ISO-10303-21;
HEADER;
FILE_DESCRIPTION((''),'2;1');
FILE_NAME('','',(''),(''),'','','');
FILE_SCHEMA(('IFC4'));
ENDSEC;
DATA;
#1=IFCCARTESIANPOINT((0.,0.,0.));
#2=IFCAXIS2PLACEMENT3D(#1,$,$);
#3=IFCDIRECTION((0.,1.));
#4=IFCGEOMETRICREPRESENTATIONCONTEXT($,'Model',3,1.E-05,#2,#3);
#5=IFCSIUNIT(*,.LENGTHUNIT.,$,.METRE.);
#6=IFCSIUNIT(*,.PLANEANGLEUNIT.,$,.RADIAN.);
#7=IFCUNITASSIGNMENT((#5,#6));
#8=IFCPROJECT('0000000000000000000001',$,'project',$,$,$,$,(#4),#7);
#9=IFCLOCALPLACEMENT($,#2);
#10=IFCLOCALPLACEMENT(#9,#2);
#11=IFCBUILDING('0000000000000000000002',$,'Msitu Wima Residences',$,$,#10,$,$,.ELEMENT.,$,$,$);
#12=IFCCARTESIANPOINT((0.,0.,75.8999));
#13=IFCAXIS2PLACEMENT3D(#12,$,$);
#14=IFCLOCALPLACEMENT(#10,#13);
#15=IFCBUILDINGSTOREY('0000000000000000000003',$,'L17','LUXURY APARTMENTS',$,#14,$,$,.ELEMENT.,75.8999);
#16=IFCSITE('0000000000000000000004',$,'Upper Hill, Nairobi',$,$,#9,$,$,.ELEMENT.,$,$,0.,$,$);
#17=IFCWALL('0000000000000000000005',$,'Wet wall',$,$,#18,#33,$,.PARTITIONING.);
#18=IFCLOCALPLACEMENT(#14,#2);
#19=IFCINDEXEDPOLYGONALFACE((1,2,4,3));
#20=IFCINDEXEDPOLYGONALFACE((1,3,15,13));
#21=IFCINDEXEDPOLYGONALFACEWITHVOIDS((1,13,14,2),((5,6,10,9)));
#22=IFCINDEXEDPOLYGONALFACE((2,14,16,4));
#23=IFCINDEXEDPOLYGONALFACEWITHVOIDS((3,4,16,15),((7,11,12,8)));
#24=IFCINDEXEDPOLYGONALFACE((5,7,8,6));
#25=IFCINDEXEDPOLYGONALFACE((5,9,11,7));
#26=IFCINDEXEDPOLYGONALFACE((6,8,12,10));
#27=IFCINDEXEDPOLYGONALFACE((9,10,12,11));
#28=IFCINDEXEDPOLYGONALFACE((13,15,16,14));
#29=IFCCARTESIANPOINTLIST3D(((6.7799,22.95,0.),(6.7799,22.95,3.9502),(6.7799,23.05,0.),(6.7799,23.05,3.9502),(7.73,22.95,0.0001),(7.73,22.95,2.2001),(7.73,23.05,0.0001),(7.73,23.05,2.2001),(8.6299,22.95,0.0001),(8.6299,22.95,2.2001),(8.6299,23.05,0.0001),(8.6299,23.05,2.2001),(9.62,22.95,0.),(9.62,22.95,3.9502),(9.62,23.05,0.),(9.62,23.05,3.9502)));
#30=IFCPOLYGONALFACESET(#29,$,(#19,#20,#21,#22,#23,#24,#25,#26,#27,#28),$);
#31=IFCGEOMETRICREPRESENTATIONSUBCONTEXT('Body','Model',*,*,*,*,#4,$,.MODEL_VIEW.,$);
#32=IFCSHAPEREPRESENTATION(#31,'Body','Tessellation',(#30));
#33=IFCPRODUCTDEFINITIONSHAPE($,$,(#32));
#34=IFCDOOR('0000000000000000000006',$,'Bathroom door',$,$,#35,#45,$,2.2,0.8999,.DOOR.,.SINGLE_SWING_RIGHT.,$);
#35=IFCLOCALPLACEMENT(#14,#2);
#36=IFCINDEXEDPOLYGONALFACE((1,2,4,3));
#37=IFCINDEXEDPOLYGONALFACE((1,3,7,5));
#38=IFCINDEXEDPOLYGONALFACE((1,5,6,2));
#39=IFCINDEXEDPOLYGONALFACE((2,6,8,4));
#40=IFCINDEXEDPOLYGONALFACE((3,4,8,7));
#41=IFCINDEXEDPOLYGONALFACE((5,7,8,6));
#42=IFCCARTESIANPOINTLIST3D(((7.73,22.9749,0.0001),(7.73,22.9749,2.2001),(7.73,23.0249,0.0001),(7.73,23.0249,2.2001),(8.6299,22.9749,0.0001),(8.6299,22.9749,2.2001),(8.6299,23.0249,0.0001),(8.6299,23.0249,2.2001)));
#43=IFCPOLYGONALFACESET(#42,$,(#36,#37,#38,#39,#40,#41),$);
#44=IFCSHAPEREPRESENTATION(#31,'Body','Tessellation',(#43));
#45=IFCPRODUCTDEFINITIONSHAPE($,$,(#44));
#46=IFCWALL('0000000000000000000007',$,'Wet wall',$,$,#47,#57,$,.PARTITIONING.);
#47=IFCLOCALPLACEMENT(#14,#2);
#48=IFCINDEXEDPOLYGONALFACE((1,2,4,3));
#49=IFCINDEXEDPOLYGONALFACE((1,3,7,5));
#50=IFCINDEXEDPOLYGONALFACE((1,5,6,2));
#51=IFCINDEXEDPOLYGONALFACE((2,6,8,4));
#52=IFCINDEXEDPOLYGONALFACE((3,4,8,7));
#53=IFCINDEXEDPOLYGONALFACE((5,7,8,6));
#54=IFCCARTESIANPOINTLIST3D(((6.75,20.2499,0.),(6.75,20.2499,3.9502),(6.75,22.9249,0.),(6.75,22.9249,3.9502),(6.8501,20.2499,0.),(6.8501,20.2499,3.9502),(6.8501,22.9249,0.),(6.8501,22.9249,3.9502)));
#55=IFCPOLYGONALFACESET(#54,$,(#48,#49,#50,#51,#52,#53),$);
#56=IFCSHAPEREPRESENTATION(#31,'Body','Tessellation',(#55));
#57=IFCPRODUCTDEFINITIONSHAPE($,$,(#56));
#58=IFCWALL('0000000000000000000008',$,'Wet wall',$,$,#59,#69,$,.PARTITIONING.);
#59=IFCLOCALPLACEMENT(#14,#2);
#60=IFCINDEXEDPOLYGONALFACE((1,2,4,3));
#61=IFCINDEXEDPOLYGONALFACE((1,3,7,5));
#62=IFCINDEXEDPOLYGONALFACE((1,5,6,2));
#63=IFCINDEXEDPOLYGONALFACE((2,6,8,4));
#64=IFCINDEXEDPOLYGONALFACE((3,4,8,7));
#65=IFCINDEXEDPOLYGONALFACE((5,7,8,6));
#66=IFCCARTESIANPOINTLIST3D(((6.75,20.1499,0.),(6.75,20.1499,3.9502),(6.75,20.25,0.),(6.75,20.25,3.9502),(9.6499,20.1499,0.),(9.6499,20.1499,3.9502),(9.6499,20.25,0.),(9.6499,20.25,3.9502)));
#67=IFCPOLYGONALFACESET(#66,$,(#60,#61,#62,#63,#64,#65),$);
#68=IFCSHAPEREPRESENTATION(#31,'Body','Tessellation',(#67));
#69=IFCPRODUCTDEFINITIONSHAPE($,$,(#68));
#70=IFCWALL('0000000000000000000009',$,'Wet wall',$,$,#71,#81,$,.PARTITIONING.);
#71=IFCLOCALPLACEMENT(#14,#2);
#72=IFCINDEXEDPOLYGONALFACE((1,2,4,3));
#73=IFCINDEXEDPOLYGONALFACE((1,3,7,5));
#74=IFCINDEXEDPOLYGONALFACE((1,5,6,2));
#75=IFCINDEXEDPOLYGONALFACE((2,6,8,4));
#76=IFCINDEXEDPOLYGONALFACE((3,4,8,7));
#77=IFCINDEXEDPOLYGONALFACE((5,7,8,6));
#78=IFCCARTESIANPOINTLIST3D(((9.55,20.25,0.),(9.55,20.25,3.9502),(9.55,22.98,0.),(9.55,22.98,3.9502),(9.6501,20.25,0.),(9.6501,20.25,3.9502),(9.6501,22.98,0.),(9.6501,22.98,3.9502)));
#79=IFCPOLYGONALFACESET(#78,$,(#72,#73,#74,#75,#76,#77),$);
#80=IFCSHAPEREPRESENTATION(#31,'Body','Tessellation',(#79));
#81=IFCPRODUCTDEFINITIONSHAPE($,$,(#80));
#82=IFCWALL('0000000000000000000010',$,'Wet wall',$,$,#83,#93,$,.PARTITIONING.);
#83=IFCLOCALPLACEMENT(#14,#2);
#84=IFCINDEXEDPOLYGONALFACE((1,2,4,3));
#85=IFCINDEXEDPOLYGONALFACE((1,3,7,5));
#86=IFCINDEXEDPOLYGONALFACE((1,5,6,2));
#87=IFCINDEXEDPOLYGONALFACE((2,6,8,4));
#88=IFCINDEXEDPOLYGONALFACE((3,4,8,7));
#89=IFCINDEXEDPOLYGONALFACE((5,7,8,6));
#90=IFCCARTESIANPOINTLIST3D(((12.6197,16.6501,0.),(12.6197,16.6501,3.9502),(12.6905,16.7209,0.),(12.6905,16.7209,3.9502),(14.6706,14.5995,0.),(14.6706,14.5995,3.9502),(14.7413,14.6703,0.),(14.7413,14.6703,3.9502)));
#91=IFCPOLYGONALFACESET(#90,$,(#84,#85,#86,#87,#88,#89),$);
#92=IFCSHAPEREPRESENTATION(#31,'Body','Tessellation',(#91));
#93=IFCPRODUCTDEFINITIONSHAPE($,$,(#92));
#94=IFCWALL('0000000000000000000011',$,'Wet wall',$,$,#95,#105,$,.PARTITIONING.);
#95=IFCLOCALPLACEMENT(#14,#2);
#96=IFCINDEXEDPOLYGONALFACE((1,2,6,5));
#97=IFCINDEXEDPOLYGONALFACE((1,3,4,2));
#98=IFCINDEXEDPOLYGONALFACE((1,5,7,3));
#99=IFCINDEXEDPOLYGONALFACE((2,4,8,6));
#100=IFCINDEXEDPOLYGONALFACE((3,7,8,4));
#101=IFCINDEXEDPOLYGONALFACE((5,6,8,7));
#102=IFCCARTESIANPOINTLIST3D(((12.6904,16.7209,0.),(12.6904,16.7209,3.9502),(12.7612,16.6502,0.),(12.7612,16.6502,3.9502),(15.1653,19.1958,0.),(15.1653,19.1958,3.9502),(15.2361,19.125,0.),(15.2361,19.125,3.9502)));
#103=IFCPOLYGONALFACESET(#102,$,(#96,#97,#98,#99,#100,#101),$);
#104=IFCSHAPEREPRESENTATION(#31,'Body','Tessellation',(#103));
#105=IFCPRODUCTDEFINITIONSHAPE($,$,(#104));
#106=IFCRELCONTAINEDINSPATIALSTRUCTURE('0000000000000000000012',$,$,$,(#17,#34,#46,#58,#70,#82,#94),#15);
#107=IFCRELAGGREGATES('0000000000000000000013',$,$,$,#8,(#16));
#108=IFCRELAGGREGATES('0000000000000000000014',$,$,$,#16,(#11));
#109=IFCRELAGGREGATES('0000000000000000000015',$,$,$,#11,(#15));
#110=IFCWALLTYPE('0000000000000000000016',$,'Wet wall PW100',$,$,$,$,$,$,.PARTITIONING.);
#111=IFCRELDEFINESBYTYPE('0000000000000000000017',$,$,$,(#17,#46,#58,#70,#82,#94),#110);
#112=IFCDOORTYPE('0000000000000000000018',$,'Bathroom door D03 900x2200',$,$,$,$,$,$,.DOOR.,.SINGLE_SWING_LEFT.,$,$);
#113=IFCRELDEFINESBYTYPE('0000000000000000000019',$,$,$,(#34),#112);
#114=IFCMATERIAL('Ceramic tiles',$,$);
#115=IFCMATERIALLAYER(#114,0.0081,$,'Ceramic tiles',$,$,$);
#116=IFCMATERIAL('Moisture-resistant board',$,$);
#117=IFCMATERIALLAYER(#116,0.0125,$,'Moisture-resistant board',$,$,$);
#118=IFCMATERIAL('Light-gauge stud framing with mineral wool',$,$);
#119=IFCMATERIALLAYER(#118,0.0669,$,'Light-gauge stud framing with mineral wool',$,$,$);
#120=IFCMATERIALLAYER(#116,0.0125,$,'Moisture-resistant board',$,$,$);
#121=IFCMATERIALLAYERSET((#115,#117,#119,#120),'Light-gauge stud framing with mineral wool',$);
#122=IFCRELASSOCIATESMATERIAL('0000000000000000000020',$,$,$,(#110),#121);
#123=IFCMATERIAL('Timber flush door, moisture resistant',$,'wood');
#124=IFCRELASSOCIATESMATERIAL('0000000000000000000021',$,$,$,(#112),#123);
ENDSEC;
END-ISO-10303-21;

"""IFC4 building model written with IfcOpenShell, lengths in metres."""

from ifc_helpers import new_model, si_unit, direction, frame, frame_2d, origin, place, context, subcontext, project, spatial, rectangle, extrude, material, layer, layer_set, type_object, element, fill, save


model = new_model("IFC4")

# Units and contexts
model_context = context("Model", 3, precision=1e-05, world=origin(), true_north=direction((0.0, 1.0)))
body_context = subcontext(model_context, "Body", "Model", "MODEL_VIEW")
ifc_project = project(units=[si_unit("LENGTHUNIT", "METRE"), si_unit("PLANEANGLEUNIT", "RADIAN")], contexts=[model_context])

# Site, building, storey
site_placement = place(None, origin())
site = spatial("IfcSite", under=ifc_project, at=site_placement, Name="Upper Hill, Nairobi", CompositionType="ELEMENT", RefElevation=0.0)
building_placement = place(site_placement, origin())
building = spatial("IfcBuilding", under=site, at=building_placement, Name="Msitu Wima Residences", CompositionType="ELEMENT")
storey_placement = place(building_placement, frame((0.0, 0.0, 75.8999)))
storey = spatial("IfcBuildingStorey", under=building, at=storey_placement, Name="L17", Description="LUXURY APARTMENTS", CompositionType="ELEMENT", Elevation=75.8999)

# Wall, opening, door
ifc_material_1 = material(Name="Ceramic tiles")
ifc_layer_1 = layer(ifc_material_1, 0.0081, Name="Ceramic tiles")
ifc_material_2 = material(Name="Moisture-resistant board")
ifc_layer_2 = layer(ifc_material_2, 0.0125, Name="Moisture-resistant board")
ifc_material_3 = material(Name="Light-gauge stud framing with mineral wool")
ifc_layer_3 = layer(ifc_material_3, 0.0669, Name="Light-gauge stud framing with mineral wool")
ifc_layer_4 = layer(ifc_material_2, 0.0125, Name="Moisture-resistant board")
ifc_layer_set_1 = layer_set([ifc_layer_1, ifc_layer_2, ifc_layer_3, ifc_layer_4], Name="Light-gauge stud framing with mineral wool")
wall_type_1 = type_object("IfcWallType", Name="Wet wall PW100", PredefinedType="PARTITIONING", material=ifc_layer_set_1)
wall_1_placement = place(storey_placement, frame((6.78, 23.0, 0.0), z_axis=(0.0, 0.0, 1.0), x_axis=(1.0, 0.0, 0.0)))
wall_1 = element("IfcWall", 1, at=wall_1_placement, inside=storey, type_object=wall_type_1, Name="Wet wall", PredefinedType="PARTITIONING", context=body_context, shape_type="SweptSolid", body=[
    extrude(rectangle(XDim=2.8401, YDim=0.1001, at=frame_2d((1.4199, 0.0))), origin(), (0.0, 0.0, 1.0), 3.9502),
])
opening_1_placement = place(wall_1_placement, frame((0.95, 0.0, 0.0)))
opening_1 = element("IfcOpeningElement", 2, at=opening_1_placement, cuts=wall_1, PredefinedType="OPENING", context=body_context, shape_type="SweptSolid", body=[
    extrude(rectangle(XDim=0.8999, YDim=2.2, at=frame_2d((0.45, 1.1001))), frame((0.0, 0.0601, 0.0), z_axis=(0.0, -1.0, 0.0), x_axis=(1.0, 0.0, 0.0)), (0.0, 0.0, 1.0), 0.1201),
])
ifc_material_4 = material(Name="Timber flush door, moisture resistant", Category="wood")
door_type_1 = type_object("IfcDoorType", Name="Bathroom door D03 900x2200", OperationType="SINGLE_SWING_LEFT", PredefinedType="DOOR", material=ifc_material_4)
door_1_placement = place(opening_1_placement, origin())
door_1 = element("IfcDoor", 3, at=door_1_placement, inside=storey, type_object=door_type_1, Name="Bathroom door", OperationType="SINGLE_SWING_RIGHT", OverallHeight=2.2, OverallWidth=0.8999, PredefinedType="DOOR", context=body_context, shape_type="SweptSolid", body=[
    extrude(rectangle(XDim=0.8999, YDim=2.2, at=frame_2d((0.45, 1.1001))), frame((0.0, 0.0249, 0.0), z_axis=(0.0, -1.0, 0.0), x_axis=(1.0, 0.0, 0.0)), (0.0, 0.0, 1.0), 0.05),
])
fill(opening_1, door_1)

# Walls
wall_2_placement = place(storey_placement, frame((6.8, 20.25, 0.0), z_axis=(0.0, 0.0, 1.0), x_axis=(0.0, 1.0, 0.0)))
element("IfcWall", 4, at=wall_2_placement, inside=storey, type_object=wall_type_1, Name="Wet wall", PredefinedType="PARTITIONING", context=body_context, shape_type="SweptSolid", body=[
    extrude(rectangle(XDim=2.675, YDim=0.1001, at=frame_2d((1.3374, 0.0))), origin(), (0.0, 0.0, 1.0), 3.9502),
])
wall_3_placement = place(storey_placement, frame((6.75, 20.2, 0.0), z_axis=(0.0, 0.0, 1.0), x_axis=(1.0, 0.0, 0.0)))
element("IfcWall", 5, at=wall_3_placement, inside=storey, type_object=wall_type_1, Name="Wet wall", PredefinedType="PARTITIONING", context=body_context, shape_type="SweptSolid", body=[
    extrude(rectangle(XDim=2.8999, YDim=0.1001, at=frame_2d((1.45, 0.0))), origin(), (0.0, 0.0, 1.0), 3.9502),
])
wall_4_placement = place(storey_placement, frame((9.6001, 20.25, 0.0), z_axis=(0.0, 0.0, 1.0), x_axis=(0.0, 1.0, 0.0)))
element("IfcWall", 6, at=wall_4_placement, inside=storey, type_object=wall_type_1, Name="Wet wall", PredefinedType="PARTITIONING", context=body_context, shape_type="SweptSolid", body=[
    extrude(rectangle(XDim=2.73, YDim=0.1001, at=frame_2d((1.365, 0.0))), origin(), (0.0, 0.0, 1.0), 3.9502),
])
wall_5_placement = place(storey_placement, frame((12.655, 16.6855, 0.0), z_axis=(0.0, 0.0, 1.0), x_axis=(0.707149, -0.707065, 0.0)))
element("IfcWall", 7, at=wall_5_placement, inside=storey, type_object=wall_type_1, Name="Wet wall", PredefinedType="PARTITIONING", context=body_context, shape_type="SweptSolid", body=[
    extrude(rectangle(XDim=2.9001, YDim=0.1001, at=frame_2d((1.4502, 0.0))), origin(), (0.0, 0.0, 1.0), 3.9502),
])
wall_6_placement = place(storey_placement, frame((12.7258, 16.6855, 0.0), z_axis=(0.0, 0.0, 1.0), x_axis=(0.707107, 0.707107, 0.0)))
element("IfcWall", 8, at=wall_6_placement, inside=storey, type_object=wall_type_1, Name="Wet wall", PredefinedType="PARTITIONING", context=body_context, shape_type="SweptSolid", body=[
    extrude(rectangle(XDim=3.5, YDim=0.1001, at=frame_2d((1.75, 0.0))), origin(), (0.0, 0.0, 1.0), 3.9502),
])

save(model, "model.ifc")
